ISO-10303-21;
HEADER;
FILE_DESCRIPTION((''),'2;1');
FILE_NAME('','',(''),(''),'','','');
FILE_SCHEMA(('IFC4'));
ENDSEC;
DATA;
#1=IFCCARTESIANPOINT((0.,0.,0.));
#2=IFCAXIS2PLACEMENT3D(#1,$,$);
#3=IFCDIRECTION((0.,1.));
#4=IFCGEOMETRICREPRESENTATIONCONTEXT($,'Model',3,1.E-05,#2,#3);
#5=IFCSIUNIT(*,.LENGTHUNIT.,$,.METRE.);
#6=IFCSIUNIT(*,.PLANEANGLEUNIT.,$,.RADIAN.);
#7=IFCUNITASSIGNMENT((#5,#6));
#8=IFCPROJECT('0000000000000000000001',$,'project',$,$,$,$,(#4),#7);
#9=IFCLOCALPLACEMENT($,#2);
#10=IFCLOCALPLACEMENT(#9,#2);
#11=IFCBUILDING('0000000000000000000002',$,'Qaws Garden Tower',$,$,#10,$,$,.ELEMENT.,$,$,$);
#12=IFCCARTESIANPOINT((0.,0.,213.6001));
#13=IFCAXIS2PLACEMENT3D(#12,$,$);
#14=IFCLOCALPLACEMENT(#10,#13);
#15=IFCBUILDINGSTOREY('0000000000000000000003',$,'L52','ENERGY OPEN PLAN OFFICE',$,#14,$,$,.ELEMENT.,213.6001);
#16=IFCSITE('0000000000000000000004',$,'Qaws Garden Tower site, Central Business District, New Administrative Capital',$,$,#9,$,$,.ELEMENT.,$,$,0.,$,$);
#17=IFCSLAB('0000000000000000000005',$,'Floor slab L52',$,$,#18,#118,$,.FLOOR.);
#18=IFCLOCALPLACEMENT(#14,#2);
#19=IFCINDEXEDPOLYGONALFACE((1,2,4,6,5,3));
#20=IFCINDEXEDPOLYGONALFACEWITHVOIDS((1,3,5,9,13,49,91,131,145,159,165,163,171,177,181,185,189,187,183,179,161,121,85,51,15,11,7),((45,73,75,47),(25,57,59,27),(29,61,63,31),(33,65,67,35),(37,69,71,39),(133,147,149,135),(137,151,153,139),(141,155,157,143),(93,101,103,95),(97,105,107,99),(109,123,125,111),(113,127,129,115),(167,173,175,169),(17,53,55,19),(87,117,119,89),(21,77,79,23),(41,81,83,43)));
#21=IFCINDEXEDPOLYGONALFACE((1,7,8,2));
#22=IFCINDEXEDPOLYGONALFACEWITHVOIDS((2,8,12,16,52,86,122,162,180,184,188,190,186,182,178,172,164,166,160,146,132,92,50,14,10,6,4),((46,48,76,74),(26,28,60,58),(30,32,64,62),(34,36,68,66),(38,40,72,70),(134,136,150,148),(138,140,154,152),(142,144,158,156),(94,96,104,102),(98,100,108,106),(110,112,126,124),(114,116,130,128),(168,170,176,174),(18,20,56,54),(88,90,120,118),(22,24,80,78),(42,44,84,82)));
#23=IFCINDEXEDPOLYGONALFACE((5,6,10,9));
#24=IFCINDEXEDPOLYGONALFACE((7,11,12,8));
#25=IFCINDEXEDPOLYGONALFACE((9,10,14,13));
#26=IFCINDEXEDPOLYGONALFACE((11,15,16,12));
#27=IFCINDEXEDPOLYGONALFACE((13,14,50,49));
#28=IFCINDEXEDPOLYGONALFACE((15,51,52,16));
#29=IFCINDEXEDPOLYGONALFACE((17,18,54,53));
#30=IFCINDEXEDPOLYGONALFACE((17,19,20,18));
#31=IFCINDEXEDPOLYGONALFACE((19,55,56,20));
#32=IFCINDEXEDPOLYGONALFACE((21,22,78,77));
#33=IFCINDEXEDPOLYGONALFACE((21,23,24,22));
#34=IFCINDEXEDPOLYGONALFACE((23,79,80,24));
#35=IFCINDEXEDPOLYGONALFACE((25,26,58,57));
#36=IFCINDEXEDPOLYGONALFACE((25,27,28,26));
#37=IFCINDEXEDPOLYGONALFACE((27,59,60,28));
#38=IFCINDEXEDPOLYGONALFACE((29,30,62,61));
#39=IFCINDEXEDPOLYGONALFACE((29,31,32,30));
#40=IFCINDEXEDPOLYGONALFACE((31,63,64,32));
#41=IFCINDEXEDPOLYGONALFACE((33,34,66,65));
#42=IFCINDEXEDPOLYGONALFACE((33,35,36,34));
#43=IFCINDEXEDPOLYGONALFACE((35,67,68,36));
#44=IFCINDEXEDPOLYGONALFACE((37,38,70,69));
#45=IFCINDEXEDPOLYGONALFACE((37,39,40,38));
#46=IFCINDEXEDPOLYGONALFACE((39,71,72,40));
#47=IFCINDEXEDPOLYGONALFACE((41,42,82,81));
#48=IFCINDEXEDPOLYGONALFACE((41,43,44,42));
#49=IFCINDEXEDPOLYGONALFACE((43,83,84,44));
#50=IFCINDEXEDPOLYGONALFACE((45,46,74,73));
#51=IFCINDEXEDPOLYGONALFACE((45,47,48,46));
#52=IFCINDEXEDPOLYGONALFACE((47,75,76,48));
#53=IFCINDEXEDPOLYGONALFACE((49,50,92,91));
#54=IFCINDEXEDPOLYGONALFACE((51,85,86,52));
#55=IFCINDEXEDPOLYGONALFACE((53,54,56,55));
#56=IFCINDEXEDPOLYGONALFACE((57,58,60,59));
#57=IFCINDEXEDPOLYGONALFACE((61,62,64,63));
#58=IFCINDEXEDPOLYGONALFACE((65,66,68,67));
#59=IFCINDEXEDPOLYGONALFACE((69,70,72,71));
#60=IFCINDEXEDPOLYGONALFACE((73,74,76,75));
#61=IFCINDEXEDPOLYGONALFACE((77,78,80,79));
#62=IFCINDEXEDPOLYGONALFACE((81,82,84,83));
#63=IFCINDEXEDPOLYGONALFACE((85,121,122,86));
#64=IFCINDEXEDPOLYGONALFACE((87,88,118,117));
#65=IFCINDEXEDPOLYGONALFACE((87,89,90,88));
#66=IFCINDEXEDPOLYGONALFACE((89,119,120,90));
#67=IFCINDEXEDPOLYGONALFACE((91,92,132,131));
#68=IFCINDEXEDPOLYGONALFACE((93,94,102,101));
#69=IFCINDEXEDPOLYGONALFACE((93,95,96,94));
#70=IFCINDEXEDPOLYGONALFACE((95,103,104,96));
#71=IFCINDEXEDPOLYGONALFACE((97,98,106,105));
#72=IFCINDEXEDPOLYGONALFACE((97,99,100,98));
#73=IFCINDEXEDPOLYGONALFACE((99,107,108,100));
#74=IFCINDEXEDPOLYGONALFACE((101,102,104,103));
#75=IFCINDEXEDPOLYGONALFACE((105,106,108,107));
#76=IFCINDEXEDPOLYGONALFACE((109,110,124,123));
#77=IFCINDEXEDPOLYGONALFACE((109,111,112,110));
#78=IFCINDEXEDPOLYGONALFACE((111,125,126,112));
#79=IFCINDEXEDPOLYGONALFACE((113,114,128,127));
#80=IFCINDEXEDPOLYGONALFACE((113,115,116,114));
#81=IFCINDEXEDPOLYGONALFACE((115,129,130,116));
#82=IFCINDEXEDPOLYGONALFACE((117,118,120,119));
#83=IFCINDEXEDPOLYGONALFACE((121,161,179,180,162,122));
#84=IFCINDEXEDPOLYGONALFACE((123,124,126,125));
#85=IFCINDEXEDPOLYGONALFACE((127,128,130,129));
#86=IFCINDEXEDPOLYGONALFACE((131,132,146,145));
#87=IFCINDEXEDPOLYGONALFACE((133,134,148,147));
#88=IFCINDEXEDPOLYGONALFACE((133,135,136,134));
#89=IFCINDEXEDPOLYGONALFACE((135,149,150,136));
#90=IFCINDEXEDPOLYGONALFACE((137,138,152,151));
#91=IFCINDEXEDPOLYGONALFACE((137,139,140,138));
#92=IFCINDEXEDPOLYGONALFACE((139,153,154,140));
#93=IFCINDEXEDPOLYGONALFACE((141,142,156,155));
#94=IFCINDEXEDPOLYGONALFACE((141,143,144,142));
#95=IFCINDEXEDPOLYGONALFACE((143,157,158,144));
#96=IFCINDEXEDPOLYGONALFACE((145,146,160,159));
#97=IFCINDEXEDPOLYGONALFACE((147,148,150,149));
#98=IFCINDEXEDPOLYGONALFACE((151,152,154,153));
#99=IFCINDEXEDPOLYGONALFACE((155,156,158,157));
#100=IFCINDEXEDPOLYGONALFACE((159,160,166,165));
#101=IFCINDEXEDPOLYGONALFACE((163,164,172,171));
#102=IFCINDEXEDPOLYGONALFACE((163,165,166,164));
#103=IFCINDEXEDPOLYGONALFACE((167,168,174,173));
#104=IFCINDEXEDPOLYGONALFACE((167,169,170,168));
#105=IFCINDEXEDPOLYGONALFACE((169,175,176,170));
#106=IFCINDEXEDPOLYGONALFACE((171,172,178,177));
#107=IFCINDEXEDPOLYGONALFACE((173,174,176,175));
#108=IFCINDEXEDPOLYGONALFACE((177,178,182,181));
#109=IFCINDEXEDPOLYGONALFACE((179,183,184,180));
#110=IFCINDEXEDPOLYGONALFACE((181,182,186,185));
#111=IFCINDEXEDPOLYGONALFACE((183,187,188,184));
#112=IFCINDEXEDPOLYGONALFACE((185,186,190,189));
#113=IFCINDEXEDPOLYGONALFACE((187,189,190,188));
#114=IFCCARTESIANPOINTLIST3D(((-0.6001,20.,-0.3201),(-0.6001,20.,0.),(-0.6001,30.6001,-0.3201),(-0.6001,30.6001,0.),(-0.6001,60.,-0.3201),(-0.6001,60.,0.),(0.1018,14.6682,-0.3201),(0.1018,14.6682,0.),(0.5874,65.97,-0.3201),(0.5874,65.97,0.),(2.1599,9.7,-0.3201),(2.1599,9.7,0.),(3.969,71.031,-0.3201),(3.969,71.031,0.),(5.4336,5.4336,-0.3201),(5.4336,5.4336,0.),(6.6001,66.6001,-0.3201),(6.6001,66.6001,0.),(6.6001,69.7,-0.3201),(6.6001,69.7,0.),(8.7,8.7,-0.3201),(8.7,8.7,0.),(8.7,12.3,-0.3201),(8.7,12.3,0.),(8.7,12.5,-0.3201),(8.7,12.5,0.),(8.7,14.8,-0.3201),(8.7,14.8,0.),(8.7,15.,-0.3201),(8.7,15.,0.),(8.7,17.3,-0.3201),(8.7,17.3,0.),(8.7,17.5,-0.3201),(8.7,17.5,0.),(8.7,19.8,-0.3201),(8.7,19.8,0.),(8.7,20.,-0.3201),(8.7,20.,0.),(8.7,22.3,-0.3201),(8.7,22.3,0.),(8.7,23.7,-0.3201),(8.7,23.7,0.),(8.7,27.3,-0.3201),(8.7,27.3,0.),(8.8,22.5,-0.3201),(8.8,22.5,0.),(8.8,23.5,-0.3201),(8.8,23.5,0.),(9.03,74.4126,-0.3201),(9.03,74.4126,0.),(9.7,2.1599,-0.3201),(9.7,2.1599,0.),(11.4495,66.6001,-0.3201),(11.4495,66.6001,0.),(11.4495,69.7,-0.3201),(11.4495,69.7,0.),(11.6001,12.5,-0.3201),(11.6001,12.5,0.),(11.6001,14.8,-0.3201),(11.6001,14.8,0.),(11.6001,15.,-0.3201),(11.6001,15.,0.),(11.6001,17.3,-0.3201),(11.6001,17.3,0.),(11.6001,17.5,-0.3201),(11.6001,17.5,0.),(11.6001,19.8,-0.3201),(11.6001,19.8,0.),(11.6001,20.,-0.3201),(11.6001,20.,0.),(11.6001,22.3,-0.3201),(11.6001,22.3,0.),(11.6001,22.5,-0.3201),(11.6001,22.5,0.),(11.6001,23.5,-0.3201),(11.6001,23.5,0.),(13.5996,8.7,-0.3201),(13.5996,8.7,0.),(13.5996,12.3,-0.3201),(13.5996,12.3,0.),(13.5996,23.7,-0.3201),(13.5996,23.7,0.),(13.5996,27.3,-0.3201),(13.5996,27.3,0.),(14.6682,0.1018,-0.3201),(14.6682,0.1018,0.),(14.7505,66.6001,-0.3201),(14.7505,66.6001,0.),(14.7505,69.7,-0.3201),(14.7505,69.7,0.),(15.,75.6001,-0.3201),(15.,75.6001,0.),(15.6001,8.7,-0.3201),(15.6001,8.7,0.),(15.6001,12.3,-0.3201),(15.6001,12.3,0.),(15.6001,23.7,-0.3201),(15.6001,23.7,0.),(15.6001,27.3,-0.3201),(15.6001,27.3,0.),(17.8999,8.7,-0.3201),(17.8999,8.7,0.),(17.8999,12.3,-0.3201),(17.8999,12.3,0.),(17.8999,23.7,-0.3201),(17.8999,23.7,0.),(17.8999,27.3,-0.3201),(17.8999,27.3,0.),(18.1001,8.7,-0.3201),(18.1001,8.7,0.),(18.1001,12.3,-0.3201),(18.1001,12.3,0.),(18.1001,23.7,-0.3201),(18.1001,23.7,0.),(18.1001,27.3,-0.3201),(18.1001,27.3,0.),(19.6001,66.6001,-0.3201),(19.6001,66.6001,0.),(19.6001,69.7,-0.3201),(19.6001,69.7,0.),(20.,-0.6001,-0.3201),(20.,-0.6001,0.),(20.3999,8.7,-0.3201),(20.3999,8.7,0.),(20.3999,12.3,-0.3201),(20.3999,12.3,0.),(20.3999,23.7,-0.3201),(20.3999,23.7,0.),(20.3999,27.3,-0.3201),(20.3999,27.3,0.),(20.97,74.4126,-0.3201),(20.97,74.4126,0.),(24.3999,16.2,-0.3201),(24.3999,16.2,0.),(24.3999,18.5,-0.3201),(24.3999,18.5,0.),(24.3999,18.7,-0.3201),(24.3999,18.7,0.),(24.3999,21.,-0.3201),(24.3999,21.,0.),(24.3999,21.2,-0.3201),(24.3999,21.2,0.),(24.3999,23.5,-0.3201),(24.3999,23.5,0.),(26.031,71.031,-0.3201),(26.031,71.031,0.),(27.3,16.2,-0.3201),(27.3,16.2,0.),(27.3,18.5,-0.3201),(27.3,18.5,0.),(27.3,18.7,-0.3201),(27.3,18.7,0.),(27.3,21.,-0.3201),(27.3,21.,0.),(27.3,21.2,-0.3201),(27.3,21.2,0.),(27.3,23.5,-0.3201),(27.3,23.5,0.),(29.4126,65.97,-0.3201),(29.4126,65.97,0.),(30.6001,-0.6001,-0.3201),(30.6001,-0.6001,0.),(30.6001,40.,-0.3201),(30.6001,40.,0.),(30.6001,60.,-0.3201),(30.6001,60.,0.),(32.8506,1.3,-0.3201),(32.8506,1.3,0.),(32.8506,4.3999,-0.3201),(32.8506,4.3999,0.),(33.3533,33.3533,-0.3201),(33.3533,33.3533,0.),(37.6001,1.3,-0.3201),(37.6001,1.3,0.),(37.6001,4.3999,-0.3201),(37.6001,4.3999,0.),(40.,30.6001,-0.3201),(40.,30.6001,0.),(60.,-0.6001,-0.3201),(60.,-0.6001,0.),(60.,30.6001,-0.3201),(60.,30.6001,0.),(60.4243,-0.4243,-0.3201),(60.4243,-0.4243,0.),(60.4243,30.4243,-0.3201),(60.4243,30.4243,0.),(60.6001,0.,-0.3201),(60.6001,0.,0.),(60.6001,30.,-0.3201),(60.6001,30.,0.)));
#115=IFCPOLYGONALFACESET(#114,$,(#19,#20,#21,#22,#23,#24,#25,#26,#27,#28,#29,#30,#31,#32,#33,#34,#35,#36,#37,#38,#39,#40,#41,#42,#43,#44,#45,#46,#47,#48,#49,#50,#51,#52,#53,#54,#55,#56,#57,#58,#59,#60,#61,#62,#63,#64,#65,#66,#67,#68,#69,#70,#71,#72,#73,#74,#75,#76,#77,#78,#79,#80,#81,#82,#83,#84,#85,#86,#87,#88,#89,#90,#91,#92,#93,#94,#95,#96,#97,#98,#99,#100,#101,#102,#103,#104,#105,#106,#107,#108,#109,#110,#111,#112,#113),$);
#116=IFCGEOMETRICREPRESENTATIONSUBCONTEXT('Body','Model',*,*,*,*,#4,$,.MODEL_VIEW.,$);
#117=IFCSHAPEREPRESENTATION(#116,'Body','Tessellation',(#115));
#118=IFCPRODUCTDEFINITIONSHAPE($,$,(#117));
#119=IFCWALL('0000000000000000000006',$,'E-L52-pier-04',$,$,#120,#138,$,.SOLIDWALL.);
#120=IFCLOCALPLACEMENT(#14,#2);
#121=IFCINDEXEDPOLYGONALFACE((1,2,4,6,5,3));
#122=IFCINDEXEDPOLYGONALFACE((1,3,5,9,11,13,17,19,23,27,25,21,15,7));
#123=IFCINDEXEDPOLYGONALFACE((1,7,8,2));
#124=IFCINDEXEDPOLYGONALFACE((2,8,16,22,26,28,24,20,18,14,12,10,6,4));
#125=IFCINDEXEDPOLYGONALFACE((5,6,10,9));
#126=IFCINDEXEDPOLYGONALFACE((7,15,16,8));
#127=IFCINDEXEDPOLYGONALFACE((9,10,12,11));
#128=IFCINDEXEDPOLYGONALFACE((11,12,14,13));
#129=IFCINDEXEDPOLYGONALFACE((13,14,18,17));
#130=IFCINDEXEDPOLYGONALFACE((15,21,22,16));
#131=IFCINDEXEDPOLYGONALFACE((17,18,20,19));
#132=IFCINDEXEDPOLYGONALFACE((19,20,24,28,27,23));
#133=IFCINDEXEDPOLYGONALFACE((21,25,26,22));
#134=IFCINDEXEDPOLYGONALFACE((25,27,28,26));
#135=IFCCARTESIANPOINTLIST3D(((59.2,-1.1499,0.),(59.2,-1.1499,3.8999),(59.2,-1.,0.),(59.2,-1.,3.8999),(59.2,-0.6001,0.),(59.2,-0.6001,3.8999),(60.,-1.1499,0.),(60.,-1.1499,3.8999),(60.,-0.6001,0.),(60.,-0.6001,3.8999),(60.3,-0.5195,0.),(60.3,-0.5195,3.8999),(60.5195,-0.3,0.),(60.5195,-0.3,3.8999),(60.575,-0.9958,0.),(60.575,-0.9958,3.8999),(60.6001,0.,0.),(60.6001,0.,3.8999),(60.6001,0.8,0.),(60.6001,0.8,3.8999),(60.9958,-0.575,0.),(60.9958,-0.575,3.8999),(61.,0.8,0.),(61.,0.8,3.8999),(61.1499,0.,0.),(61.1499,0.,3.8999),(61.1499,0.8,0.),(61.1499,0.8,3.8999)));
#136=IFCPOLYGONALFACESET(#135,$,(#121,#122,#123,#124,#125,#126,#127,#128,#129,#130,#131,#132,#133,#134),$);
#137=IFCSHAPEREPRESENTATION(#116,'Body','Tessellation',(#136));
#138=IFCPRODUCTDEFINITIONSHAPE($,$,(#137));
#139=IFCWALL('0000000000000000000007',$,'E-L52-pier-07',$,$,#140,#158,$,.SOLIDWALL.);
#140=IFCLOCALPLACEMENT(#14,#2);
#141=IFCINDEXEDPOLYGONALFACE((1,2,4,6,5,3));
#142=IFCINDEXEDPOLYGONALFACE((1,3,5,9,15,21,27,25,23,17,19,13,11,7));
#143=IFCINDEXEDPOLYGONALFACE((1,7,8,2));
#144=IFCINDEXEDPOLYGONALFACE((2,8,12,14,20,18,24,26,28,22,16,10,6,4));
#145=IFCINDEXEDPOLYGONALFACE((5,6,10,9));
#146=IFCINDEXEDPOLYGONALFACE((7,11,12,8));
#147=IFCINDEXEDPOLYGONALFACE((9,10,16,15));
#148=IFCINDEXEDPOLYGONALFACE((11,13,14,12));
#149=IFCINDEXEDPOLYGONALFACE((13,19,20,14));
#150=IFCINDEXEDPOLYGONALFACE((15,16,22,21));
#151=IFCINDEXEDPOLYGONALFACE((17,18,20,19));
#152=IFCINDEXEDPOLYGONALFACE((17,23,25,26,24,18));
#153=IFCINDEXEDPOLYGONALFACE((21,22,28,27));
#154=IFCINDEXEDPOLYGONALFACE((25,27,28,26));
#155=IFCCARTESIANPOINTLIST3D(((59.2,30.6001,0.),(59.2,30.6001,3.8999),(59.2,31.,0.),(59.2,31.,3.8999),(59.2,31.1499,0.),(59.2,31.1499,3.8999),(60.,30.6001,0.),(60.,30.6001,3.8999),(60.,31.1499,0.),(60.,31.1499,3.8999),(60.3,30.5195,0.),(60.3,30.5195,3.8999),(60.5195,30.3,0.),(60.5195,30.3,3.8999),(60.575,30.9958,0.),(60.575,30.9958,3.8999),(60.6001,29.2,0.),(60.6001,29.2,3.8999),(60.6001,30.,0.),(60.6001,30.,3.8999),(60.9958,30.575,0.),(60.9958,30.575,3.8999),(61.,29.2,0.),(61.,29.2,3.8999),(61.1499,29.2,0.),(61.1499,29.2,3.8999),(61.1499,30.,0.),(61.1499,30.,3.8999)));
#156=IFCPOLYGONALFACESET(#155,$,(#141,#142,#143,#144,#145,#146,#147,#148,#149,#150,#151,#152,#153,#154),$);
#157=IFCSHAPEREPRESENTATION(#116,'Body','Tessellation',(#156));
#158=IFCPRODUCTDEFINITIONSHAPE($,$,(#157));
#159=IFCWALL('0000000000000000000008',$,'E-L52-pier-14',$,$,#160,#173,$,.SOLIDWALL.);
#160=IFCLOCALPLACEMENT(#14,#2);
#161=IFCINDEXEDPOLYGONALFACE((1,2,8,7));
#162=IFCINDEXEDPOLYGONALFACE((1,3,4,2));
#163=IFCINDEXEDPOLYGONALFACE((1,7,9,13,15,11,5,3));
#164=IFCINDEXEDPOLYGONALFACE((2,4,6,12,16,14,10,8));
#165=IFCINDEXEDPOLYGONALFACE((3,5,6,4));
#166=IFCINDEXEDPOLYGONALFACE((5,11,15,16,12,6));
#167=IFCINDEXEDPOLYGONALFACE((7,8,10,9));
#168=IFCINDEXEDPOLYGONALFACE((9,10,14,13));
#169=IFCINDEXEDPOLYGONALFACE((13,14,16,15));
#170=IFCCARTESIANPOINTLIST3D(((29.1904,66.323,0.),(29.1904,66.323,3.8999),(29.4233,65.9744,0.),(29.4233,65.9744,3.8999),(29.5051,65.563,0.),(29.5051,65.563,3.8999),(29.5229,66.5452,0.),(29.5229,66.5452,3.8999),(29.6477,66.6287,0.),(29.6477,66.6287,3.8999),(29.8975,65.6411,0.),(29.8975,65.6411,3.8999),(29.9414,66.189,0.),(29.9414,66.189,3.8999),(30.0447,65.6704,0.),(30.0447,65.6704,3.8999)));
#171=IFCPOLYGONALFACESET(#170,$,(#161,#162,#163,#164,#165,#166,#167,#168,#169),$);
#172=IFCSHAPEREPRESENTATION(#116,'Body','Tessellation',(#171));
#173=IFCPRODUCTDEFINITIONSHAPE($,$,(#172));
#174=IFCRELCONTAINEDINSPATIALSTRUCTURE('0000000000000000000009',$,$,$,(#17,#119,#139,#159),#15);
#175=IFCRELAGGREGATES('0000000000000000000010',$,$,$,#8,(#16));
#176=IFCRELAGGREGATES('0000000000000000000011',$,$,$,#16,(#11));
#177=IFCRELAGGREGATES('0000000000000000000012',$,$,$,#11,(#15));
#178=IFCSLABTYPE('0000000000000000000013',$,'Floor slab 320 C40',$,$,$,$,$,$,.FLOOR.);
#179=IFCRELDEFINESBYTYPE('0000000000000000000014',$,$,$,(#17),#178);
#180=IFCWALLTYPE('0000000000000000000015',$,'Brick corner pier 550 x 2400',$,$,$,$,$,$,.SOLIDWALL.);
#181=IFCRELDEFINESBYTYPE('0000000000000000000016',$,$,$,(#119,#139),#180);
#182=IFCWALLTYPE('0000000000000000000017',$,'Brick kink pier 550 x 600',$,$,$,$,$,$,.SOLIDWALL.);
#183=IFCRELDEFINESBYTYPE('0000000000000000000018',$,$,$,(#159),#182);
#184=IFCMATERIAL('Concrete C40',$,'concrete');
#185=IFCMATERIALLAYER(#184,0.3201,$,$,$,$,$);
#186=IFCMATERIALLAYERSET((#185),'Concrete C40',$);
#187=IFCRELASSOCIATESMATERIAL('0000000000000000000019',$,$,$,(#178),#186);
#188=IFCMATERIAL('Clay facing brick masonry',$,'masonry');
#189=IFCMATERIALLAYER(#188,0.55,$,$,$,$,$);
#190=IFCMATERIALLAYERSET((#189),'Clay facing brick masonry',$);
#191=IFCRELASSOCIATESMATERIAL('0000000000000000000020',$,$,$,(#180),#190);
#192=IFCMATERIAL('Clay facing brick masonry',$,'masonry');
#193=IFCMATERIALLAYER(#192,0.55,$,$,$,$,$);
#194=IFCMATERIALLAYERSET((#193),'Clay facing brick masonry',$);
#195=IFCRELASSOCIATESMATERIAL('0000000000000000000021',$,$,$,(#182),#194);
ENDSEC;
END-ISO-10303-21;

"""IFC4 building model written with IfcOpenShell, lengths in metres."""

from ifc_helpers import new_model, si_unit, direction, frame, origin, place, context, subcontext, project, spatial, polyline, outline, extrude, material, layer, layer_set, type_object, element, save


model = new_model("IFC4")

# Units and contexts
model_context = context("Model", 3, precision=1e-05, world=origin(), true_north=direction((0.0, 1.0)))
body_context = subcontext(model_context, "Body", "Model", "MODEL_VIEW")
ifc_project = project(units=[si_unit("LENGTHUNIT", "METRE"), si_unit("PLANEANGLEUNIT", "RADIAN")], contexts=[model_context])

# Site, building, storey
site_placement = place(None, origin())
site = spatial("IfcSite", under=ifc_project, at=site_placement, Name="Qaws Garden Tower site, Central Business District, New Administrative Capital", CompositionType="ELEMENT", RefElevation=0.0)
building_placement = place(site_placement, origin())
building = spatial("IfcBuilding", under=site, at=building_placement, Name="Qaws Garden Tower", CompositionType="ELEMENT")
storey_placement = place(building_placement, frame((0.0, 0.0, 213.6001)))
storey = spatial("IfcBuildingStorey", under=building, at=storey_placement, Name="L52", Description="ENERGY OPEN PLAN OFFICE", CompositionType="ELEMENT", Elevation=213.6001)

# Slab
ifc_material_1 = material(Name="Concrete C40", Category="concrete")
ifc_layer_1 = layer(ifc_material_1, 0.3201)
ifc_layer_set_1 = layer_set([ifc_layer_1], Name="Concrete C40")
slab_type = type_object("IfcSlabType", Name="Floor slab 320 C40", PredefinedType="FLOOR", material=ifc_layer_set_1)
slab_placement = place(storey_placement, frame((0.0, 0.0, -0.3201)))
element("IfcSlab", 1, at=slab_placement, inside=storey, type_object=slab_type, Name="Floor slab L52", PredefinedType="FLOOR", context=body_context, shape_type="SweptSolid", body=[
    extrude(outline(polyline([(0.1018, 14.6682), (-0.6001, 20.0), (-0.6001, 30.6001), (-0.6001, 60.0), (-0.6001, 60.0), (0.5874, 65.97), (3.969, 71.031), (9.03, 74.4126), (15.0, 75.6001), (20.97, 74.4126), (26.031, 71.031), (29.4126, 65.97), (30.6001, 60.0), (30.6001, 40.0), (33.3533, 33.3533), (40.0, 30.6001), (60.0, 30.6001), (60.4243, 30.4243), (60.6001, 30.0), (60.6001, 0.0), (60.4243, -0.4243), (60.0, -0.6001), (30.6001, -0.6001), (20.0, -0.6001), (14.6682, 0.1018), (9.7, 2.1599), (5.4336, 5.4336), (2.1599, 9.7), (0.1018, 14.6682)]), holes=[polyline([(13.5996, 12.3), (8.7, 12.3), (8.7, 8.7), (13.5996, 8.7), (13.5996, 12.3)]), polyline([(17.8999, 12.3), (15.6001, 12.3), (15.6001, 8.7), (17.8999, 8.7), (17.8999, 12.3)]), polyline([(11.6001, 14.8), (8.7, 14.8), (8.7, 12.5), (11.6001, 12.5), (11.6001, 14.8)]), polyline([(11.6001, 17.3), (8.7, 17.3), (8.7, 15.0), (11.6001, 15.0), (11.6001, 17.3)]), polyline([(11.6001, 19.8), (8.7, 19.8), (8.7, 17.5), (11.6001, 17.5), (11.6001, 19.8)]), polyline([(11.6001, 22.3), (8.7, 22.3), (8.7, 20.0), (11.6001, 20.0), (11.6001, 22.3)]), polyline([(11.6001, 23.5), (8.8, 23.5), (8.8, 22.5), (11.6001, 22.5), (11.6001, 23.5)]), polyline([(13.5996, 27.3), (8.7, 27.3), (8.7, 23.7), (13.5996, 23.7), (13.5996, 27.3)]), polyline([(11.4495, 69.7), (6.6001, 69.7), (6.6001, 66.6001), (11.4495, 66.6001), (11.4495, 69.7)]), polyline([(37.6001, 4.3999), (32.8506, 4.3999), (32.8506, 1.3), (37.6001, 1.3), (37.6001, 4.3999)]), polyline([(20.3999, 12.3), (18.1001, 12.3), (18.1001, 8.7), (20.3999, 8.7), (20.3999, 12.3)]), polyline([(27.3, 18.5), (24.3999, 18.5), (24.3999, 16.2), (27.3, 16.2), (27.3, 18.5)]), polyline([(27.3, 21.0), (24.3999, 21.0), (24.3999, 18.7), (27.3, 18.7), (27.3, 21.0)]), polyline([(27.3, 23.5), (24.3999, 23.5), (24.3999, 21.2), (27.3, 21.2), (27.3, 23.5)]), polyline([(17.8999, 27.3), (15.6001, 27.3), (15.6001, 23.7), (17.8999, 23.7), (17.8999, 27.3)]), polyline([(20.3999, 23.7), (20.3999, 27.3), (18.1001, 27.3), (18.1001, 23.7), (20.3999, 23.7)]), polyline([(19.6001, 66.6001), (19.6001, 69.7), (14.7505, 69.7), (14.7505, 66.6001), (19.6001, 66.6001)])]), origin(), (0.0, 0.0, 1.0), 0.3201),
])

# Walls
ifc_material_2 = material(Name="Clay facing brick masonry", Category="masonry")
ifc_layer_2 = layer(ifc_material_2, 0.55)
ifc_layer_set_2 = layer_set([ifc_layer_2], Name="Clay facing brick masonry")
wall_type_1 = type_object("IfcWallType", Name="Brick corner pier 550 x 2400", PredefinedType="SOLIDWALL", material=ifc_layer_set_2)
placement = place(storey_placement, origin())
element("IfcWall", 2, at=placement, inside=storey, type_object=wall_type_1, Name="E-L52-pier-04", PredefinedType="SOLIDWALL", context=body_context, shape_type="SweptSolid", body=[
    extrude(outline(polyline([(59.2, -1.0), (59.2, -1.1499), (60.0, -1.1499), (60.575, -0.9958), (60.9958, -0.575), (61.1499, 0.0), (61.1499, 0.8), (61.0, 0.8), (60.6001, 0.8), (60.6001, 0.0), (60.5195, -0.3), (60.3, -0.5195), (60.0, -0.6001), (59.2, -0.6001), (59.2, -1.0)])), origin(), (0.0, 0.0, 1.0), 3.8999),
])
element("IfcWall", 3, at=placement, inside=storey, type_object=wall_type_1, Name="E-L52-pier-07", PredefinedType="SOLIDWALL", context=body_context, shape_type="SweptSolid", body=[
    extrude(outline(polyline([(61.0, 29.2), (61.1499, 29.2), (61.1499, 30.0), (60.9958, 30.575), (60.575, 30.9958), (60.0, 31.1499), (59.2, 31.1499), (59.2, 31.0), (59.2, 30.6001), (60.0, 30.6001), (60.3, 30.5195), (60.5195, 30.3), (60.6001, 30.0), (60.6001, 29.2), (61.0, 29.2)])), origin(), (0.0, 0.0, 1.0), 3.8999),
])
ifc_material_3 = material(Name="Clay facing brick masonry", Category="masonry")
ifc_layer_3 = layer(ifc_material_3, 0.55)
ifc_layer_set_3 = layer_set([ifc_layer_3], Name="Clay facing brick masonry")
wall_type_2 = type_object("IfcWallType", Name="Brick kink pier 550 x 600", PredefinedType="SOLIDWALL", material=ifc_layer_set_3)
element("IfcWall", 4, at=placement, inside=storey, type_object=wall_type_2, Name="E-L52-pier-14", PredefinedType="SOLIDWALL", context=body_context, shape_type="SweptSolid", body=[
    extrude(outline(polyline([(29.8975, 65.6411), (30.0447, 65.6704), (29.9414, 66.189), (29.6477, 66.6287), (29.5229, 66.5452), (29.1904, 66.323), (29.4233, 65.9744), (29.5051, 65.563), (29.8975, 65.6411)])), origin(), (0.0, 0.0, 1.0), 3.8999),
])

save(model, "model.ifc")
